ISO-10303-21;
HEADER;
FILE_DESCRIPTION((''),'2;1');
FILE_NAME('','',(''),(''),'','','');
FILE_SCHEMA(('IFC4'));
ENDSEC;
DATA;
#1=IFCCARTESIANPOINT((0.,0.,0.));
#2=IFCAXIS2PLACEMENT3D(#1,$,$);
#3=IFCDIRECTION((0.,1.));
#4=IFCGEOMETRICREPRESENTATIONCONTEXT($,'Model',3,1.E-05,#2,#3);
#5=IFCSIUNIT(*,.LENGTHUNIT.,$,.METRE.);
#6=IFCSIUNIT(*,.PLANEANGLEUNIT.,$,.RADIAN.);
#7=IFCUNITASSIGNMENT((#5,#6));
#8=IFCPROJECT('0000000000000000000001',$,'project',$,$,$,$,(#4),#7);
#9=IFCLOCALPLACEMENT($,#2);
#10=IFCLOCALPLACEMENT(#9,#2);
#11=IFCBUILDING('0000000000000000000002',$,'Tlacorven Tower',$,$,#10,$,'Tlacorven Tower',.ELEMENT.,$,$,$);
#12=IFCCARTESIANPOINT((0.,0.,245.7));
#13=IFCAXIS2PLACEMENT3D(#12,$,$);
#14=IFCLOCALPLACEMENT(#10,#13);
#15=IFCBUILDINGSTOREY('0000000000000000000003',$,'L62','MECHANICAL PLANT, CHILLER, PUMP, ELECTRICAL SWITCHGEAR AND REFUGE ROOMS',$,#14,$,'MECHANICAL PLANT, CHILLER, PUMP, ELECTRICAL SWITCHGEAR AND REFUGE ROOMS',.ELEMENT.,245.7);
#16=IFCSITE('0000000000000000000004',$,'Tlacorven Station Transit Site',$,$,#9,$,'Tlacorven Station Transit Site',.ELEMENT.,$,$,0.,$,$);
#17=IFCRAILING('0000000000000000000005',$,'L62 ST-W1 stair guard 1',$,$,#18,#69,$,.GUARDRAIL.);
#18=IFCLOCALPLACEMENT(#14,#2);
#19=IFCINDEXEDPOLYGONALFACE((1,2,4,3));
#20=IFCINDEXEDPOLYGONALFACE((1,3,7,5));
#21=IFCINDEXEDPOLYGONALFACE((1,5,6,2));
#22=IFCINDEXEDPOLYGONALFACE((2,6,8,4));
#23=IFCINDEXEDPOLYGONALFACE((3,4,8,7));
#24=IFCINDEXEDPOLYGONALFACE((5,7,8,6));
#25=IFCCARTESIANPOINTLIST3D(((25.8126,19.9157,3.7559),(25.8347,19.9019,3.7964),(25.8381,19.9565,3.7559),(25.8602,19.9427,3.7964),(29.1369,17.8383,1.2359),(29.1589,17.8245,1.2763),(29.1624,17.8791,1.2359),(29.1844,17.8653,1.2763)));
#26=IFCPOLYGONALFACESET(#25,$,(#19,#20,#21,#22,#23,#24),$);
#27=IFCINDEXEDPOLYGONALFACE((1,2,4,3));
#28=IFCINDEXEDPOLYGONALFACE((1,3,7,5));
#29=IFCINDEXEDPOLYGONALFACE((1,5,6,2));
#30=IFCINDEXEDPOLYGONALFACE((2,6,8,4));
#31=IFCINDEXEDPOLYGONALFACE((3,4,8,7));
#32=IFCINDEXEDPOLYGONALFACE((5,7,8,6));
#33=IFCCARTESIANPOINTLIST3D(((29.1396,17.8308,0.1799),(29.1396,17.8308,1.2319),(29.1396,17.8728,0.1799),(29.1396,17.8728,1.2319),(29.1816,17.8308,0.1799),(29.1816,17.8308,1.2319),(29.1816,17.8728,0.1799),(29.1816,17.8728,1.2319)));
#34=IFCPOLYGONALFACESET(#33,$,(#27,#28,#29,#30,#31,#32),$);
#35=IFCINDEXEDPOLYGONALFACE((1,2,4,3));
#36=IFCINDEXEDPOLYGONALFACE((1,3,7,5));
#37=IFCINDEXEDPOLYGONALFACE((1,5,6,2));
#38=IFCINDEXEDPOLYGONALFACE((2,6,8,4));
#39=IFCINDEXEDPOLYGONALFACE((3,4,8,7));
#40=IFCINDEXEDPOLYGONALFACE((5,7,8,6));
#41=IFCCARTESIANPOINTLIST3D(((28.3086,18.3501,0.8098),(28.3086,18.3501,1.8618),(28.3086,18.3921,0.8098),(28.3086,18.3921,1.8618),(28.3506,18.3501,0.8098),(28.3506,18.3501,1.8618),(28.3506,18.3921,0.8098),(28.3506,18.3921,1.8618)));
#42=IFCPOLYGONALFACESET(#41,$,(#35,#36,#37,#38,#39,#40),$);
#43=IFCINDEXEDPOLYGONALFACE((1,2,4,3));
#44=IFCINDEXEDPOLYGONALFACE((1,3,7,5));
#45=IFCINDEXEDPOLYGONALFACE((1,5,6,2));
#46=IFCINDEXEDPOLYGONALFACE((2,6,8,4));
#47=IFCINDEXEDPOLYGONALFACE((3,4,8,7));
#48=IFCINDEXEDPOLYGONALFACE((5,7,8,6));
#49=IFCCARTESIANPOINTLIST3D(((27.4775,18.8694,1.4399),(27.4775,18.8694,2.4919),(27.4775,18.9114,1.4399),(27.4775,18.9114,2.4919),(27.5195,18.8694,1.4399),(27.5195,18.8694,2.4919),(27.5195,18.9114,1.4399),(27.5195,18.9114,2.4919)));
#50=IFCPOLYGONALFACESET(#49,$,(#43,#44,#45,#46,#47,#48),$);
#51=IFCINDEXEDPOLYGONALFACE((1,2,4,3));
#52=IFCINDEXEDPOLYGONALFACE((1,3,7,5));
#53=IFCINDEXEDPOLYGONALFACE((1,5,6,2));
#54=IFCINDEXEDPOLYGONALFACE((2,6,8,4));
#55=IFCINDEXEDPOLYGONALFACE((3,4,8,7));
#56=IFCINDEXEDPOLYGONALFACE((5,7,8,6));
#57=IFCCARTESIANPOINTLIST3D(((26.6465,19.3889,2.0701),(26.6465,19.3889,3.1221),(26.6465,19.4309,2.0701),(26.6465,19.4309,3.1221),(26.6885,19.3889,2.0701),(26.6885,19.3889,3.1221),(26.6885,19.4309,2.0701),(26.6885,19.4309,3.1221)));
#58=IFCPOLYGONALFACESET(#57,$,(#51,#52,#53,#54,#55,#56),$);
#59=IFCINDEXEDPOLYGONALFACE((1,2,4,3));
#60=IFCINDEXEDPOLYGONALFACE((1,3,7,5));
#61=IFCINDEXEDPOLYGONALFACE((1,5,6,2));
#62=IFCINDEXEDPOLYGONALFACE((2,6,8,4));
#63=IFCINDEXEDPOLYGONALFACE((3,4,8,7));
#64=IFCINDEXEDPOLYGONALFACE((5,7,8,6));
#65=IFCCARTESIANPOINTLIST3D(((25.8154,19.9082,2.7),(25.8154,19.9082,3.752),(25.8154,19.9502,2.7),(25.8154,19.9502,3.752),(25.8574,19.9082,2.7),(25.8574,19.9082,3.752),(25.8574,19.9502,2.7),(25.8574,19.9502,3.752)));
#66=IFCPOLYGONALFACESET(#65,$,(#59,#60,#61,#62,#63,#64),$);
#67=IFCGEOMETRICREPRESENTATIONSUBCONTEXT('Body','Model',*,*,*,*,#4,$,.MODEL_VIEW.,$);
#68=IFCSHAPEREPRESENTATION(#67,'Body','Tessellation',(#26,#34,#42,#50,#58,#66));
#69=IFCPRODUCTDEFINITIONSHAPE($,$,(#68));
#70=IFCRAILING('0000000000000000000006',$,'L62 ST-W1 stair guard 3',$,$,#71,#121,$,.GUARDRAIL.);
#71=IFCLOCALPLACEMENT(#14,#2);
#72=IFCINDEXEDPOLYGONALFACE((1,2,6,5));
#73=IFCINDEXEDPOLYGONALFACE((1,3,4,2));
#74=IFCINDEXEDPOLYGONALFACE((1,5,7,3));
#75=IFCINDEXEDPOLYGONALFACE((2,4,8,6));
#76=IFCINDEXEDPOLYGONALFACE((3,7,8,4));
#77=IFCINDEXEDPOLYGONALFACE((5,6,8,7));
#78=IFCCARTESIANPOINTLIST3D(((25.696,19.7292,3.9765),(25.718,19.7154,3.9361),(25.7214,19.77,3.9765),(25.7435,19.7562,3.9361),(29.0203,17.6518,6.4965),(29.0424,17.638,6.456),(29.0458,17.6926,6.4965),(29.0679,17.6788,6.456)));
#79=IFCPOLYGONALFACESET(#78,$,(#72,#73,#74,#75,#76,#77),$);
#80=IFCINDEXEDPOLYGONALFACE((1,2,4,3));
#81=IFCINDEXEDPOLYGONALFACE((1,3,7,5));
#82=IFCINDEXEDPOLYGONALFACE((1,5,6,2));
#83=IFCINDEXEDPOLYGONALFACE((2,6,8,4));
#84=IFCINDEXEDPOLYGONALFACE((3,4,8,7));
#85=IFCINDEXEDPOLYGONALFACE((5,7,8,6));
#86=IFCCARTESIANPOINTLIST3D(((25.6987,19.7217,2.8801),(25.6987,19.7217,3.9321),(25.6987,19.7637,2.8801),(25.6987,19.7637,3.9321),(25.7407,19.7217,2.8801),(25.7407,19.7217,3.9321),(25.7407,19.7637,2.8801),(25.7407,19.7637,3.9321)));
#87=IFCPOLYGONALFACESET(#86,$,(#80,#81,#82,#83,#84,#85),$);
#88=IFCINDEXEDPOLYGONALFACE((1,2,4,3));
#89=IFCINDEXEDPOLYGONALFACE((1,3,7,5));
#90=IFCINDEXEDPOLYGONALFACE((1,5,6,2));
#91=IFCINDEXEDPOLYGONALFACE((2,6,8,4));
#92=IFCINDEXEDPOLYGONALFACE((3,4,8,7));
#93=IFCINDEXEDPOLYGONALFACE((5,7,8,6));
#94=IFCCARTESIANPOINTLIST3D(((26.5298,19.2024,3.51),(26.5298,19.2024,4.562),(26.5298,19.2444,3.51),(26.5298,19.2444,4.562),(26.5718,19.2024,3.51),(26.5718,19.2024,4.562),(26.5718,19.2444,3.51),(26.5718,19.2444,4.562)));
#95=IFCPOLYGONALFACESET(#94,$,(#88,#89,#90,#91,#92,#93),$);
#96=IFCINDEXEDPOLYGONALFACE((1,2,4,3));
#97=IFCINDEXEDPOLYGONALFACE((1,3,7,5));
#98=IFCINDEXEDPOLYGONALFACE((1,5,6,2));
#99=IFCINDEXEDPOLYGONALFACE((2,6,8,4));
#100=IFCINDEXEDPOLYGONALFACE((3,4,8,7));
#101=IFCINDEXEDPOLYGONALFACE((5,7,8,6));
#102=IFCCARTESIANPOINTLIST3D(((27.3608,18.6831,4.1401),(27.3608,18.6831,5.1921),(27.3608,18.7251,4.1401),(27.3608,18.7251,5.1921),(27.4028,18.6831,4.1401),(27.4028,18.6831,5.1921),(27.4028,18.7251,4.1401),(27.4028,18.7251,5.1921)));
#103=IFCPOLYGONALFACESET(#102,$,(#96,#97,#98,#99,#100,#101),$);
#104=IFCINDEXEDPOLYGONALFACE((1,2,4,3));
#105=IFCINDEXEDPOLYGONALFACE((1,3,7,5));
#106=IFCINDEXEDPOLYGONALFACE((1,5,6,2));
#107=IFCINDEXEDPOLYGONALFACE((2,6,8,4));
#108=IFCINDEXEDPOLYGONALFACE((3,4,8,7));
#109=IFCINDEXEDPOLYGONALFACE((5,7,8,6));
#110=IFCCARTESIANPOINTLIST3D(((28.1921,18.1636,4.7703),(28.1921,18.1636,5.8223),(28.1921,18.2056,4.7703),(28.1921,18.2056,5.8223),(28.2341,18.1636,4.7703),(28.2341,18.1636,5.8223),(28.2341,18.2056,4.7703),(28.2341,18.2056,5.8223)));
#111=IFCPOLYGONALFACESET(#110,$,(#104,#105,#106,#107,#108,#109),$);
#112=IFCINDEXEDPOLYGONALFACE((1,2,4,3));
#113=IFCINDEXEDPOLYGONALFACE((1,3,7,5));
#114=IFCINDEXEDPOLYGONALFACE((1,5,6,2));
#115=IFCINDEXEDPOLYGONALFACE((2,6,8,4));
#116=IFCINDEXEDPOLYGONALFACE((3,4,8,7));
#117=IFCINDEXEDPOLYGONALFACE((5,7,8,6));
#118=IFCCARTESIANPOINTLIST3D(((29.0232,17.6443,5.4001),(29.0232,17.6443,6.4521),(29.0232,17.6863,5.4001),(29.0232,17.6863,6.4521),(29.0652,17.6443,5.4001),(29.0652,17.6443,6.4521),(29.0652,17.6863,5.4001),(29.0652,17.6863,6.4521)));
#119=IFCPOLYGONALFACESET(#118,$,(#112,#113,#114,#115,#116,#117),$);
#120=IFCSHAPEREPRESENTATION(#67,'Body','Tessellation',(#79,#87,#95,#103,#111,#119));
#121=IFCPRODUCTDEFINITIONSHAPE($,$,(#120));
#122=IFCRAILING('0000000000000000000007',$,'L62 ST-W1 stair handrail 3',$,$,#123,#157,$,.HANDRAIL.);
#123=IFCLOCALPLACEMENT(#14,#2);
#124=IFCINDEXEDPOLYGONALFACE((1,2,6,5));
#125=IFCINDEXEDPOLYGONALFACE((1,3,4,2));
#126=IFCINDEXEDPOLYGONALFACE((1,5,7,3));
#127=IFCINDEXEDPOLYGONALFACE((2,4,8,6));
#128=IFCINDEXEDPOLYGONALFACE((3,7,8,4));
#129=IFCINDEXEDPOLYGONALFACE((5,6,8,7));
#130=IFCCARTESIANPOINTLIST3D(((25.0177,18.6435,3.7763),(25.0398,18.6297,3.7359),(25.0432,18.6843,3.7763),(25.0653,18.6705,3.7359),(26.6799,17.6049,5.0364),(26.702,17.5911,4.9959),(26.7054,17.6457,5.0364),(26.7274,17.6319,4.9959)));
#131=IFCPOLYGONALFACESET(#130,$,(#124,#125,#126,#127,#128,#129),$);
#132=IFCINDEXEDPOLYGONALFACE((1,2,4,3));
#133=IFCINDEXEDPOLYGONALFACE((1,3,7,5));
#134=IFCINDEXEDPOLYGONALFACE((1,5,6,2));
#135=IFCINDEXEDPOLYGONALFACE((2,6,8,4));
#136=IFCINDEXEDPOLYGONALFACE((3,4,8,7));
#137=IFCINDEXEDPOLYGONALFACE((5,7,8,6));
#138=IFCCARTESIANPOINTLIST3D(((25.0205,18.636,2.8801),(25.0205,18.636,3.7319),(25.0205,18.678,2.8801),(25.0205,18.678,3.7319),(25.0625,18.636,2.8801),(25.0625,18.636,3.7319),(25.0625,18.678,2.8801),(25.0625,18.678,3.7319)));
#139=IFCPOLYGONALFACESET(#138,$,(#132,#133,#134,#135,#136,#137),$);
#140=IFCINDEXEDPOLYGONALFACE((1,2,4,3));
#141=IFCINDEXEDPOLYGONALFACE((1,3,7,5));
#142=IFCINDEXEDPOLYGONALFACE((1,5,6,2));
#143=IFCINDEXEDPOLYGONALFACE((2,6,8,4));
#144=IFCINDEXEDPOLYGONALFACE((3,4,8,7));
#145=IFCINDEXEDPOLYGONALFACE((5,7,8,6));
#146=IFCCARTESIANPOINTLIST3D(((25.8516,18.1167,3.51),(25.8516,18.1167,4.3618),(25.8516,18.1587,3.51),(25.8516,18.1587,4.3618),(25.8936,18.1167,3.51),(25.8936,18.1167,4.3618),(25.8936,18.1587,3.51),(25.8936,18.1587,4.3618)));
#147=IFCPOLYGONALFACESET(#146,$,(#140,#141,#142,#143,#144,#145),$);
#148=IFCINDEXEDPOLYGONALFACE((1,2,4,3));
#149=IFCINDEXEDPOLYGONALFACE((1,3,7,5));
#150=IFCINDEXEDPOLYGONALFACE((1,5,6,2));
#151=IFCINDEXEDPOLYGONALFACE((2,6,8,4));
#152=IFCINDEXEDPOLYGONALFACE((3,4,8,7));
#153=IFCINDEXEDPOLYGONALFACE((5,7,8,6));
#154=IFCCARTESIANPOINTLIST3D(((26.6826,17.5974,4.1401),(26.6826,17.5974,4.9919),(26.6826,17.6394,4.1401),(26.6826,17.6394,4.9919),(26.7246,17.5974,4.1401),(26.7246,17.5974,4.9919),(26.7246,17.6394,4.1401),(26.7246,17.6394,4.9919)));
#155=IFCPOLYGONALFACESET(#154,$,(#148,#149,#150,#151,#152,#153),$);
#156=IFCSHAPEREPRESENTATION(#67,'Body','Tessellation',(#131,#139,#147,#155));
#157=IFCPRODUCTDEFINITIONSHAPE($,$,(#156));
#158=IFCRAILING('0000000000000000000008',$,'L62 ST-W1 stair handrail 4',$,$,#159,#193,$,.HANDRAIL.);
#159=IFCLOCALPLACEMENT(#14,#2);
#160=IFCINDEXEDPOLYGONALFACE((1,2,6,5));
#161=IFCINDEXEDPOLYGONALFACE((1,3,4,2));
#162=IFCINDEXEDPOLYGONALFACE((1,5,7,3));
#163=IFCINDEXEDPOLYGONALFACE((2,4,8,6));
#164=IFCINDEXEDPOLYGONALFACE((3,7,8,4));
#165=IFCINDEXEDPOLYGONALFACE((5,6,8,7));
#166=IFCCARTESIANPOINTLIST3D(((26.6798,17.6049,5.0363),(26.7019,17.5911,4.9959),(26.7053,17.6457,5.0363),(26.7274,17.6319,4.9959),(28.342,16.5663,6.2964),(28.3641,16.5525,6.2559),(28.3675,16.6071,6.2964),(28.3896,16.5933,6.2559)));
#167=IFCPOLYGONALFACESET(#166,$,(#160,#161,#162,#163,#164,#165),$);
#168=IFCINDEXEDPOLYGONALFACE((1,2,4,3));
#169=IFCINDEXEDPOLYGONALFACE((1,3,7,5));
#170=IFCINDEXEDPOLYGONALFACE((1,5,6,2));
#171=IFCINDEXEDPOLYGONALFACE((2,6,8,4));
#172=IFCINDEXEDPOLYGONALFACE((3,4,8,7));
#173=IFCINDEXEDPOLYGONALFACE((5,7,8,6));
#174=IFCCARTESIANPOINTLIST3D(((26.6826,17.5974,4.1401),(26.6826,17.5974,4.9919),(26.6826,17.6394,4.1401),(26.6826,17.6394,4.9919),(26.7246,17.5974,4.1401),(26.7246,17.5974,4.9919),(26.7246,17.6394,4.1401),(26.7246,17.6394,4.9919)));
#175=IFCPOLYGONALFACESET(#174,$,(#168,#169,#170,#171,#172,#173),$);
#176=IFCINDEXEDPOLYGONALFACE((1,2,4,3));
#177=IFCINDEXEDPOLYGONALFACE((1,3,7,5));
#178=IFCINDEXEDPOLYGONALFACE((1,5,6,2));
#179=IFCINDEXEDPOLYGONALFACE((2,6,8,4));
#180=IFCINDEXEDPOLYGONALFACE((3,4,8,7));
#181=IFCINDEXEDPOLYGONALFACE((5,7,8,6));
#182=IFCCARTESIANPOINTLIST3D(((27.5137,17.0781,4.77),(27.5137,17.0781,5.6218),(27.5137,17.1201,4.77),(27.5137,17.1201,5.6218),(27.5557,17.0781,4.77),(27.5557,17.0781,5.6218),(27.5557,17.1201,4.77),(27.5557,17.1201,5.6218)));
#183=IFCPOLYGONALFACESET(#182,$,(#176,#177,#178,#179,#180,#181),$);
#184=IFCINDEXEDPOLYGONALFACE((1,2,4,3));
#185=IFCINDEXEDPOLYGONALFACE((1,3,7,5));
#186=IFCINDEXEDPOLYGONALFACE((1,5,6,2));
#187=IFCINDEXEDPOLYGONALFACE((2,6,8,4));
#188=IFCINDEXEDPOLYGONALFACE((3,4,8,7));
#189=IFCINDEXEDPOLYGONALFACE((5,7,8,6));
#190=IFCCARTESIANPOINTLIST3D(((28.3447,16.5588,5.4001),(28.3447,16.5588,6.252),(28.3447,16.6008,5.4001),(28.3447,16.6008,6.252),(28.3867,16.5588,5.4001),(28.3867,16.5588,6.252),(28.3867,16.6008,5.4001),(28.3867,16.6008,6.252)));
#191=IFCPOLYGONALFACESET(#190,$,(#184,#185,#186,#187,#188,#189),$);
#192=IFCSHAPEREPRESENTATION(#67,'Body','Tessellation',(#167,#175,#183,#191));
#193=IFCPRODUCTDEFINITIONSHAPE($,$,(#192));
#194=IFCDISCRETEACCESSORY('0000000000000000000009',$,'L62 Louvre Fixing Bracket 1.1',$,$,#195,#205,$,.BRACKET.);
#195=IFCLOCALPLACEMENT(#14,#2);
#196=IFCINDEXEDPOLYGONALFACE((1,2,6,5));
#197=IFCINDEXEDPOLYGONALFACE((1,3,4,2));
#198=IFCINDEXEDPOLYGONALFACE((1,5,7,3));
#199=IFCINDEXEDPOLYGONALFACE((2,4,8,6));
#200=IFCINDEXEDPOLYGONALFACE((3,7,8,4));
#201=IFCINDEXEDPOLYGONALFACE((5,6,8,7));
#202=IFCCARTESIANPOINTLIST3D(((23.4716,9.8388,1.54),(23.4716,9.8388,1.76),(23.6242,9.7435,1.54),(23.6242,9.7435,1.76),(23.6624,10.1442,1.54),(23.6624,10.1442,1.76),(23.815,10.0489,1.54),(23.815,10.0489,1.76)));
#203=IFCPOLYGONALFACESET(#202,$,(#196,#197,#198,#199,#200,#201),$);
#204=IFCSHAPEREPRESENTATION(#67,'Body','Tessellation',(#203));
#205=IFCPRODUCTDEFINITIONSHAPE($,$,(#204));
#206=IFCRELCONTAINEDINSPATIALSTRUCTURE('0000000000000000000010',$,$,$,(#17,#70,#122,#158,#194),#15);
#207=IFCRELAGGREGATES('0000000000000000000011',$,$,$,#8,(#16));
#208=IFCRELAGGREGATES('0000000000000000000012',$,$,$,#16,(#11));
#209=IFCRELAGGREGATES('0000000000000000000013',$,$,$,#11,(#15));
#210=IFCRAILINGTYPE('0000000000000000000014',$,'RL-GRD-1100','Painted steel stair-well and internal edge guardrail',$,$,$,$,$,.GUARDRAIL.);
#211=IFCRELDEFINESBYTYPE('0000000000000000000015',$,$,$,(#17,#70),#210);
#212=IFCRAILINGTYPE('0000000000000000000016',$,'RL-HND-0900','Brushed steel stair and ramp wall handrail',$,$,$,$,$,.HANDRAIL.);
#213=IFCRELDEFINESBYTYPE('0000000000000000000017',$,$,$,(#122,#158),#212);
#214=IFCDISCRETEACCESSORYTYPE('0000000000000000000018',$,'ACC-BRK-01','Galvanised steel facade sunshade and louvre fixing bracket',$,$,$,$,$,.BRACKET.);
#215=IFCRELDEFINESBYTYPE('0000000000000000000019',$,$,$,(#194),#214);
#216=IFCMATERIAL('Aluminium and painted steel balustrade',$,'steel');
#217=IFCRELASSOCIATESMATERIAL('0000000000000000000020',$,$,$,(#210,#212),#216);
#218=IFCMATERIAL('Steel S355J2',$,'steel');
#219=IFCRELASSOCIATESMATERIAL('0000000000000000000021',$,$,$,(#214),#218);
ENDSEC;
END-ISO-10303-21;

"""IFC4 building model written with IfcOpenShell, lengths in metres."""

from ifc_helpers import new_model, si_unit, direction, frame, origin, origin_2d, place, context, subcontext, project, spatial, rectangle, extrude, source, transform, mapped, material, type_object, element, save


model = new_model("IFC4")

# Units and contexts
model_context = context("Model", 3, precision=1e-05, world=origin(), true_north=direction((0.0, 1.0)))
body_context = subcontext(model_context, "Body", "Model", "MODEL_VIEW")
ifc_project = project(units=[si_unit("LENGTHUNIT", "METRE"), si_unit("PLANEANGLEUNIT", "RADIAN")], contexts=[model_context])

# Site, building, storey
site_placement = place(None, origin())
site = spatial("IfcSite", under=ifc_project, at=site_placement, Name="Tlacorven Station Transit Site", LongName="Tlacorven Station Transit Site", CompositionType="ELEMENT", RefElevation=0.0)
building_placement = place(site_placement, origin())
building = spatial("IfcBuilding", under=site, at=building_placement, Name="Tlacorven Tower", LongName="Tlacorven Tower", CompositionType="ELEMENT")
storey_placement = place(building_placement, frame((0.0, 0.0, 245.7)))
storey = spatial("IfcBuildingStorey", under=building, at=storey_placement, Name="L62", Description="MECHANICAL PLANT, CHILLER, PUMP, ELECTRICAL SWITCHGEAR AND REFUGE ROOMS", LongName="MECHANICAL PLANT, CHILLER, PUMP, ELECTRICAL SWITCHGEAR AND REFUGE ROOMS", CompositionType="ELEMENT", Elevation=245.7)

# Shared definitions
ifc_material_1 = material(Name="Steel S355J2", Category="steel")

# Shared definitions
ifc_material_2 = material(Name="Aluminium and painted steel balustrade", Category="steel")

# Railings
railing_type_1 = type_object("IfcRailingType", Name="RL-GRD-1100", Description="Painted steel stair-well and internal edge guardrail", PredefinedType="GUARDRAIL", material=ifc_material_2)
shared_shape_1 = source(origin(), body_context, "Body", "SweptSolid", [
    extrude(rectangle(XDim=0.0481, YDim=0.0481, at=origin_2d()), frame((0.0, 0.0, 1.0762), z_axis=(-0.713337, 0.445783, 0.540766), x_axis=(-0.529954, -0.848026, 0.0)), (0.0, 0.0, 1.0), 4.6602),
    extrude(rectangle(XDim=0.042, YDim=0.042, at=origin_2d()), origin(), (0.0, 0.0, 1.0), 1.052),
    extrude(rectangle(XDim=0.042, YDim=0.042, at=origin_2d()), frame((-0.8311, 0.5193, 0.6299)), (0.0, 0.0, 1.0), 1.052),
    extrude(rectangle(XDim=0.042, YDim=0.042, at=origin_2d()), frame((-1.6621, 1.0386, 1.26)), (0.0, 0.0, 1.0), 1.052),
    extrude(rectangle(XDim=0.042, YDim=0.042, at=origin_2d()), frame((-2.4932, 1.5581, 1.8901)), (0.0, 0.0, 1.0), 1.052),
    extrude(rectangle(XDim=0.042, YDim=0.042, at=origin_2d()), frame((-3.3242, 2.0774, 2.52)), (0.0, 0.0, 1.0), 1.052),
])
railing_1_placement = place(storey_placement, frame((29.1606, 17.8518, 0.1799)))
element("IfcRailing", 1, at=railing_1_placement, inside=storey, type_object=railing_type_1, Name="L62 ST-W1 stair guard 1", PredefinedType="GUARDRAIL", context=body_context, shape_type="MappedRepresentation", body=[
    mapped(shared_shape_1, transform((0.0, 0.0, 0.0), scale=1.0)),
])
shared_shape_2 = source(origin(), body_context, "Body", "SweptSolid", [
    extrude(rectangle(XDim=0.0481, YDim=0.0481, at=origin_2d()), frame((0.0, 0.0, 1.0762), z_axis=(0.713363, -0.445767, 0.540745), x_axis=(0.529926, 0.848044, 0.0)), (0.0, 0.0, 1.0), 4.6602),
    extrude(rectangle(XDim=0.042, YDim=0.042, at=origin_2d()), origin(), (0.0, 0.0, 1.0), 1.052),
    extrude(rectangle(XDim=0.042, YDim=0.042, at=origin_2d()), frame((0.8311, -0.5193, 0.6299)), (0.0, 0.0, 1.0), 1.052),
    extrude(rectangle(XDim=0.042, YDim=0.042, at=origin_2d()), frame((1.6621, -1.0386, 1.26)), (0.0, 0.0, 1.0), 1.052),
    extrude(rectangle(XDim=0.042, YDim=0.042, at=origin_2d()), frame((2.4934, -1.5581, 1.8901)), (0.0, 0.0, 1.0), 1.052),
    extrude(rectangle(XDim=0.042, YDim=0.042, at=origin_2d()), frame((3.3245, -2.0774, 2.52)), (0.0, 0.0, 1.0), 1.052),
])
railing_2_placement = place(storey_placement, frame((25.7197, 19.7427, 2.8801)))
element("IfcRailing", 2, at=railing_2_placement, inside=storey, type_object=railing_type_1, Name="L62 ST-W1 stair guard 3", PredefinedType="GUARDRAIL", context=body_context, shape_type="MappedRepresentation", body=[
    mapped(shared_shape_2, transform((0.0, 0.0, 0.0), scale=1.0)),
])
railing_type_2 = type_object("IfcRailingType", Name="RL-HND-0900", Description="Brushed steel stair and ramp wall handrail", PredefinedType="HANDRAIL", material=ifc_material_2)
shared_shape_3 = source(origin(), body_context, "Body", "SweptSolid", [
    extrude(rectangle(XDim=0.0481, YDim=0.0481, at=origin_2d()), frame((0.0, 0.0, 0.876), z_axis=(0.713354, -0.445741, 0.540778), x_axis=(0.529909, 0.848054, 0.0)), (0.0, 0.0, 1.0), 2.3301),
    extrude(rectangle(XDim=0.042, YDim=0.042, at=origin_2d()), origin(), (0.0, 0.0, 1.0), 0.8518),
    extrude(rectangle(XDim=0.042, YDim=0.042, at=origin_2d()), frame((0.8311, -0.5193, 0.6299)), (0.0, 0.0, 1.0), 0.8518),
    extrude(rectangle(XDim=0.042, YDim=0.042, at=origin_2d()), frame((1.6621, -1.0386, 1.26)), (0.0, 0.0, 1.0), 0.8518),
])
for number, where, name in (
    (3, (25.0415, 18.657, 2.8801), "L62 ST-W1 stair handrail 3"),
    (4, (26.7036, 17.6184, 4.1401), "L62 ST-W1 stair handrail 4"),
):
    element("IfcRailing", number, at=place(storey_placement, frame(where)), inside=storey, type_object=railing_type_2, Name=name, PredefinedType="HANDRAIL", context=body_context, shape_type="MappedRepresentation", body=[
        mapped(shared_shape_3, transform((0.0, 0.0, 0.0), scale=1.0)),
    ])

# Discrete accessory
discrete_accessory_type = type_object("IfcDiscreteAccessoryType", Name="ACC-BRK-01", Description="Galvanised steel facade sunshade and louvre fixing bracket", PredefinedType="BRACKET", material=ifc_material_1)
shared_shape_4 = source(origin(), body_context, "Body", "SweptSolid", [
    extrude(rectangle(XDim=0.1799, YDim=0.3601, at=origin_2d()), origin(), (0.0, 0.0, 1.0), 0.22),
])
discrete_accessory_placement = place(storey_placement, frame((23.6433, 9.9438, 1.54), z_axis=(0.0, 0.0, 1.0), x_axis=(-0.848048, 0.529919, 0.0)))
element("IfcDiscreteAccessory", 5, at=discrete_accessory_placement, inside=storey, type_object=discrete_accessory_type, Name="L62 Louvre Fixing Bracket 1.1", PredefinedType="BRACKET", context=body_context, shape_type="MappedRepresentation", body=[
    mapped(shared_shape_4, transform((0.0, 0.0, 0.0), scale=1.0)),
])

save(model, "model.ifc")
